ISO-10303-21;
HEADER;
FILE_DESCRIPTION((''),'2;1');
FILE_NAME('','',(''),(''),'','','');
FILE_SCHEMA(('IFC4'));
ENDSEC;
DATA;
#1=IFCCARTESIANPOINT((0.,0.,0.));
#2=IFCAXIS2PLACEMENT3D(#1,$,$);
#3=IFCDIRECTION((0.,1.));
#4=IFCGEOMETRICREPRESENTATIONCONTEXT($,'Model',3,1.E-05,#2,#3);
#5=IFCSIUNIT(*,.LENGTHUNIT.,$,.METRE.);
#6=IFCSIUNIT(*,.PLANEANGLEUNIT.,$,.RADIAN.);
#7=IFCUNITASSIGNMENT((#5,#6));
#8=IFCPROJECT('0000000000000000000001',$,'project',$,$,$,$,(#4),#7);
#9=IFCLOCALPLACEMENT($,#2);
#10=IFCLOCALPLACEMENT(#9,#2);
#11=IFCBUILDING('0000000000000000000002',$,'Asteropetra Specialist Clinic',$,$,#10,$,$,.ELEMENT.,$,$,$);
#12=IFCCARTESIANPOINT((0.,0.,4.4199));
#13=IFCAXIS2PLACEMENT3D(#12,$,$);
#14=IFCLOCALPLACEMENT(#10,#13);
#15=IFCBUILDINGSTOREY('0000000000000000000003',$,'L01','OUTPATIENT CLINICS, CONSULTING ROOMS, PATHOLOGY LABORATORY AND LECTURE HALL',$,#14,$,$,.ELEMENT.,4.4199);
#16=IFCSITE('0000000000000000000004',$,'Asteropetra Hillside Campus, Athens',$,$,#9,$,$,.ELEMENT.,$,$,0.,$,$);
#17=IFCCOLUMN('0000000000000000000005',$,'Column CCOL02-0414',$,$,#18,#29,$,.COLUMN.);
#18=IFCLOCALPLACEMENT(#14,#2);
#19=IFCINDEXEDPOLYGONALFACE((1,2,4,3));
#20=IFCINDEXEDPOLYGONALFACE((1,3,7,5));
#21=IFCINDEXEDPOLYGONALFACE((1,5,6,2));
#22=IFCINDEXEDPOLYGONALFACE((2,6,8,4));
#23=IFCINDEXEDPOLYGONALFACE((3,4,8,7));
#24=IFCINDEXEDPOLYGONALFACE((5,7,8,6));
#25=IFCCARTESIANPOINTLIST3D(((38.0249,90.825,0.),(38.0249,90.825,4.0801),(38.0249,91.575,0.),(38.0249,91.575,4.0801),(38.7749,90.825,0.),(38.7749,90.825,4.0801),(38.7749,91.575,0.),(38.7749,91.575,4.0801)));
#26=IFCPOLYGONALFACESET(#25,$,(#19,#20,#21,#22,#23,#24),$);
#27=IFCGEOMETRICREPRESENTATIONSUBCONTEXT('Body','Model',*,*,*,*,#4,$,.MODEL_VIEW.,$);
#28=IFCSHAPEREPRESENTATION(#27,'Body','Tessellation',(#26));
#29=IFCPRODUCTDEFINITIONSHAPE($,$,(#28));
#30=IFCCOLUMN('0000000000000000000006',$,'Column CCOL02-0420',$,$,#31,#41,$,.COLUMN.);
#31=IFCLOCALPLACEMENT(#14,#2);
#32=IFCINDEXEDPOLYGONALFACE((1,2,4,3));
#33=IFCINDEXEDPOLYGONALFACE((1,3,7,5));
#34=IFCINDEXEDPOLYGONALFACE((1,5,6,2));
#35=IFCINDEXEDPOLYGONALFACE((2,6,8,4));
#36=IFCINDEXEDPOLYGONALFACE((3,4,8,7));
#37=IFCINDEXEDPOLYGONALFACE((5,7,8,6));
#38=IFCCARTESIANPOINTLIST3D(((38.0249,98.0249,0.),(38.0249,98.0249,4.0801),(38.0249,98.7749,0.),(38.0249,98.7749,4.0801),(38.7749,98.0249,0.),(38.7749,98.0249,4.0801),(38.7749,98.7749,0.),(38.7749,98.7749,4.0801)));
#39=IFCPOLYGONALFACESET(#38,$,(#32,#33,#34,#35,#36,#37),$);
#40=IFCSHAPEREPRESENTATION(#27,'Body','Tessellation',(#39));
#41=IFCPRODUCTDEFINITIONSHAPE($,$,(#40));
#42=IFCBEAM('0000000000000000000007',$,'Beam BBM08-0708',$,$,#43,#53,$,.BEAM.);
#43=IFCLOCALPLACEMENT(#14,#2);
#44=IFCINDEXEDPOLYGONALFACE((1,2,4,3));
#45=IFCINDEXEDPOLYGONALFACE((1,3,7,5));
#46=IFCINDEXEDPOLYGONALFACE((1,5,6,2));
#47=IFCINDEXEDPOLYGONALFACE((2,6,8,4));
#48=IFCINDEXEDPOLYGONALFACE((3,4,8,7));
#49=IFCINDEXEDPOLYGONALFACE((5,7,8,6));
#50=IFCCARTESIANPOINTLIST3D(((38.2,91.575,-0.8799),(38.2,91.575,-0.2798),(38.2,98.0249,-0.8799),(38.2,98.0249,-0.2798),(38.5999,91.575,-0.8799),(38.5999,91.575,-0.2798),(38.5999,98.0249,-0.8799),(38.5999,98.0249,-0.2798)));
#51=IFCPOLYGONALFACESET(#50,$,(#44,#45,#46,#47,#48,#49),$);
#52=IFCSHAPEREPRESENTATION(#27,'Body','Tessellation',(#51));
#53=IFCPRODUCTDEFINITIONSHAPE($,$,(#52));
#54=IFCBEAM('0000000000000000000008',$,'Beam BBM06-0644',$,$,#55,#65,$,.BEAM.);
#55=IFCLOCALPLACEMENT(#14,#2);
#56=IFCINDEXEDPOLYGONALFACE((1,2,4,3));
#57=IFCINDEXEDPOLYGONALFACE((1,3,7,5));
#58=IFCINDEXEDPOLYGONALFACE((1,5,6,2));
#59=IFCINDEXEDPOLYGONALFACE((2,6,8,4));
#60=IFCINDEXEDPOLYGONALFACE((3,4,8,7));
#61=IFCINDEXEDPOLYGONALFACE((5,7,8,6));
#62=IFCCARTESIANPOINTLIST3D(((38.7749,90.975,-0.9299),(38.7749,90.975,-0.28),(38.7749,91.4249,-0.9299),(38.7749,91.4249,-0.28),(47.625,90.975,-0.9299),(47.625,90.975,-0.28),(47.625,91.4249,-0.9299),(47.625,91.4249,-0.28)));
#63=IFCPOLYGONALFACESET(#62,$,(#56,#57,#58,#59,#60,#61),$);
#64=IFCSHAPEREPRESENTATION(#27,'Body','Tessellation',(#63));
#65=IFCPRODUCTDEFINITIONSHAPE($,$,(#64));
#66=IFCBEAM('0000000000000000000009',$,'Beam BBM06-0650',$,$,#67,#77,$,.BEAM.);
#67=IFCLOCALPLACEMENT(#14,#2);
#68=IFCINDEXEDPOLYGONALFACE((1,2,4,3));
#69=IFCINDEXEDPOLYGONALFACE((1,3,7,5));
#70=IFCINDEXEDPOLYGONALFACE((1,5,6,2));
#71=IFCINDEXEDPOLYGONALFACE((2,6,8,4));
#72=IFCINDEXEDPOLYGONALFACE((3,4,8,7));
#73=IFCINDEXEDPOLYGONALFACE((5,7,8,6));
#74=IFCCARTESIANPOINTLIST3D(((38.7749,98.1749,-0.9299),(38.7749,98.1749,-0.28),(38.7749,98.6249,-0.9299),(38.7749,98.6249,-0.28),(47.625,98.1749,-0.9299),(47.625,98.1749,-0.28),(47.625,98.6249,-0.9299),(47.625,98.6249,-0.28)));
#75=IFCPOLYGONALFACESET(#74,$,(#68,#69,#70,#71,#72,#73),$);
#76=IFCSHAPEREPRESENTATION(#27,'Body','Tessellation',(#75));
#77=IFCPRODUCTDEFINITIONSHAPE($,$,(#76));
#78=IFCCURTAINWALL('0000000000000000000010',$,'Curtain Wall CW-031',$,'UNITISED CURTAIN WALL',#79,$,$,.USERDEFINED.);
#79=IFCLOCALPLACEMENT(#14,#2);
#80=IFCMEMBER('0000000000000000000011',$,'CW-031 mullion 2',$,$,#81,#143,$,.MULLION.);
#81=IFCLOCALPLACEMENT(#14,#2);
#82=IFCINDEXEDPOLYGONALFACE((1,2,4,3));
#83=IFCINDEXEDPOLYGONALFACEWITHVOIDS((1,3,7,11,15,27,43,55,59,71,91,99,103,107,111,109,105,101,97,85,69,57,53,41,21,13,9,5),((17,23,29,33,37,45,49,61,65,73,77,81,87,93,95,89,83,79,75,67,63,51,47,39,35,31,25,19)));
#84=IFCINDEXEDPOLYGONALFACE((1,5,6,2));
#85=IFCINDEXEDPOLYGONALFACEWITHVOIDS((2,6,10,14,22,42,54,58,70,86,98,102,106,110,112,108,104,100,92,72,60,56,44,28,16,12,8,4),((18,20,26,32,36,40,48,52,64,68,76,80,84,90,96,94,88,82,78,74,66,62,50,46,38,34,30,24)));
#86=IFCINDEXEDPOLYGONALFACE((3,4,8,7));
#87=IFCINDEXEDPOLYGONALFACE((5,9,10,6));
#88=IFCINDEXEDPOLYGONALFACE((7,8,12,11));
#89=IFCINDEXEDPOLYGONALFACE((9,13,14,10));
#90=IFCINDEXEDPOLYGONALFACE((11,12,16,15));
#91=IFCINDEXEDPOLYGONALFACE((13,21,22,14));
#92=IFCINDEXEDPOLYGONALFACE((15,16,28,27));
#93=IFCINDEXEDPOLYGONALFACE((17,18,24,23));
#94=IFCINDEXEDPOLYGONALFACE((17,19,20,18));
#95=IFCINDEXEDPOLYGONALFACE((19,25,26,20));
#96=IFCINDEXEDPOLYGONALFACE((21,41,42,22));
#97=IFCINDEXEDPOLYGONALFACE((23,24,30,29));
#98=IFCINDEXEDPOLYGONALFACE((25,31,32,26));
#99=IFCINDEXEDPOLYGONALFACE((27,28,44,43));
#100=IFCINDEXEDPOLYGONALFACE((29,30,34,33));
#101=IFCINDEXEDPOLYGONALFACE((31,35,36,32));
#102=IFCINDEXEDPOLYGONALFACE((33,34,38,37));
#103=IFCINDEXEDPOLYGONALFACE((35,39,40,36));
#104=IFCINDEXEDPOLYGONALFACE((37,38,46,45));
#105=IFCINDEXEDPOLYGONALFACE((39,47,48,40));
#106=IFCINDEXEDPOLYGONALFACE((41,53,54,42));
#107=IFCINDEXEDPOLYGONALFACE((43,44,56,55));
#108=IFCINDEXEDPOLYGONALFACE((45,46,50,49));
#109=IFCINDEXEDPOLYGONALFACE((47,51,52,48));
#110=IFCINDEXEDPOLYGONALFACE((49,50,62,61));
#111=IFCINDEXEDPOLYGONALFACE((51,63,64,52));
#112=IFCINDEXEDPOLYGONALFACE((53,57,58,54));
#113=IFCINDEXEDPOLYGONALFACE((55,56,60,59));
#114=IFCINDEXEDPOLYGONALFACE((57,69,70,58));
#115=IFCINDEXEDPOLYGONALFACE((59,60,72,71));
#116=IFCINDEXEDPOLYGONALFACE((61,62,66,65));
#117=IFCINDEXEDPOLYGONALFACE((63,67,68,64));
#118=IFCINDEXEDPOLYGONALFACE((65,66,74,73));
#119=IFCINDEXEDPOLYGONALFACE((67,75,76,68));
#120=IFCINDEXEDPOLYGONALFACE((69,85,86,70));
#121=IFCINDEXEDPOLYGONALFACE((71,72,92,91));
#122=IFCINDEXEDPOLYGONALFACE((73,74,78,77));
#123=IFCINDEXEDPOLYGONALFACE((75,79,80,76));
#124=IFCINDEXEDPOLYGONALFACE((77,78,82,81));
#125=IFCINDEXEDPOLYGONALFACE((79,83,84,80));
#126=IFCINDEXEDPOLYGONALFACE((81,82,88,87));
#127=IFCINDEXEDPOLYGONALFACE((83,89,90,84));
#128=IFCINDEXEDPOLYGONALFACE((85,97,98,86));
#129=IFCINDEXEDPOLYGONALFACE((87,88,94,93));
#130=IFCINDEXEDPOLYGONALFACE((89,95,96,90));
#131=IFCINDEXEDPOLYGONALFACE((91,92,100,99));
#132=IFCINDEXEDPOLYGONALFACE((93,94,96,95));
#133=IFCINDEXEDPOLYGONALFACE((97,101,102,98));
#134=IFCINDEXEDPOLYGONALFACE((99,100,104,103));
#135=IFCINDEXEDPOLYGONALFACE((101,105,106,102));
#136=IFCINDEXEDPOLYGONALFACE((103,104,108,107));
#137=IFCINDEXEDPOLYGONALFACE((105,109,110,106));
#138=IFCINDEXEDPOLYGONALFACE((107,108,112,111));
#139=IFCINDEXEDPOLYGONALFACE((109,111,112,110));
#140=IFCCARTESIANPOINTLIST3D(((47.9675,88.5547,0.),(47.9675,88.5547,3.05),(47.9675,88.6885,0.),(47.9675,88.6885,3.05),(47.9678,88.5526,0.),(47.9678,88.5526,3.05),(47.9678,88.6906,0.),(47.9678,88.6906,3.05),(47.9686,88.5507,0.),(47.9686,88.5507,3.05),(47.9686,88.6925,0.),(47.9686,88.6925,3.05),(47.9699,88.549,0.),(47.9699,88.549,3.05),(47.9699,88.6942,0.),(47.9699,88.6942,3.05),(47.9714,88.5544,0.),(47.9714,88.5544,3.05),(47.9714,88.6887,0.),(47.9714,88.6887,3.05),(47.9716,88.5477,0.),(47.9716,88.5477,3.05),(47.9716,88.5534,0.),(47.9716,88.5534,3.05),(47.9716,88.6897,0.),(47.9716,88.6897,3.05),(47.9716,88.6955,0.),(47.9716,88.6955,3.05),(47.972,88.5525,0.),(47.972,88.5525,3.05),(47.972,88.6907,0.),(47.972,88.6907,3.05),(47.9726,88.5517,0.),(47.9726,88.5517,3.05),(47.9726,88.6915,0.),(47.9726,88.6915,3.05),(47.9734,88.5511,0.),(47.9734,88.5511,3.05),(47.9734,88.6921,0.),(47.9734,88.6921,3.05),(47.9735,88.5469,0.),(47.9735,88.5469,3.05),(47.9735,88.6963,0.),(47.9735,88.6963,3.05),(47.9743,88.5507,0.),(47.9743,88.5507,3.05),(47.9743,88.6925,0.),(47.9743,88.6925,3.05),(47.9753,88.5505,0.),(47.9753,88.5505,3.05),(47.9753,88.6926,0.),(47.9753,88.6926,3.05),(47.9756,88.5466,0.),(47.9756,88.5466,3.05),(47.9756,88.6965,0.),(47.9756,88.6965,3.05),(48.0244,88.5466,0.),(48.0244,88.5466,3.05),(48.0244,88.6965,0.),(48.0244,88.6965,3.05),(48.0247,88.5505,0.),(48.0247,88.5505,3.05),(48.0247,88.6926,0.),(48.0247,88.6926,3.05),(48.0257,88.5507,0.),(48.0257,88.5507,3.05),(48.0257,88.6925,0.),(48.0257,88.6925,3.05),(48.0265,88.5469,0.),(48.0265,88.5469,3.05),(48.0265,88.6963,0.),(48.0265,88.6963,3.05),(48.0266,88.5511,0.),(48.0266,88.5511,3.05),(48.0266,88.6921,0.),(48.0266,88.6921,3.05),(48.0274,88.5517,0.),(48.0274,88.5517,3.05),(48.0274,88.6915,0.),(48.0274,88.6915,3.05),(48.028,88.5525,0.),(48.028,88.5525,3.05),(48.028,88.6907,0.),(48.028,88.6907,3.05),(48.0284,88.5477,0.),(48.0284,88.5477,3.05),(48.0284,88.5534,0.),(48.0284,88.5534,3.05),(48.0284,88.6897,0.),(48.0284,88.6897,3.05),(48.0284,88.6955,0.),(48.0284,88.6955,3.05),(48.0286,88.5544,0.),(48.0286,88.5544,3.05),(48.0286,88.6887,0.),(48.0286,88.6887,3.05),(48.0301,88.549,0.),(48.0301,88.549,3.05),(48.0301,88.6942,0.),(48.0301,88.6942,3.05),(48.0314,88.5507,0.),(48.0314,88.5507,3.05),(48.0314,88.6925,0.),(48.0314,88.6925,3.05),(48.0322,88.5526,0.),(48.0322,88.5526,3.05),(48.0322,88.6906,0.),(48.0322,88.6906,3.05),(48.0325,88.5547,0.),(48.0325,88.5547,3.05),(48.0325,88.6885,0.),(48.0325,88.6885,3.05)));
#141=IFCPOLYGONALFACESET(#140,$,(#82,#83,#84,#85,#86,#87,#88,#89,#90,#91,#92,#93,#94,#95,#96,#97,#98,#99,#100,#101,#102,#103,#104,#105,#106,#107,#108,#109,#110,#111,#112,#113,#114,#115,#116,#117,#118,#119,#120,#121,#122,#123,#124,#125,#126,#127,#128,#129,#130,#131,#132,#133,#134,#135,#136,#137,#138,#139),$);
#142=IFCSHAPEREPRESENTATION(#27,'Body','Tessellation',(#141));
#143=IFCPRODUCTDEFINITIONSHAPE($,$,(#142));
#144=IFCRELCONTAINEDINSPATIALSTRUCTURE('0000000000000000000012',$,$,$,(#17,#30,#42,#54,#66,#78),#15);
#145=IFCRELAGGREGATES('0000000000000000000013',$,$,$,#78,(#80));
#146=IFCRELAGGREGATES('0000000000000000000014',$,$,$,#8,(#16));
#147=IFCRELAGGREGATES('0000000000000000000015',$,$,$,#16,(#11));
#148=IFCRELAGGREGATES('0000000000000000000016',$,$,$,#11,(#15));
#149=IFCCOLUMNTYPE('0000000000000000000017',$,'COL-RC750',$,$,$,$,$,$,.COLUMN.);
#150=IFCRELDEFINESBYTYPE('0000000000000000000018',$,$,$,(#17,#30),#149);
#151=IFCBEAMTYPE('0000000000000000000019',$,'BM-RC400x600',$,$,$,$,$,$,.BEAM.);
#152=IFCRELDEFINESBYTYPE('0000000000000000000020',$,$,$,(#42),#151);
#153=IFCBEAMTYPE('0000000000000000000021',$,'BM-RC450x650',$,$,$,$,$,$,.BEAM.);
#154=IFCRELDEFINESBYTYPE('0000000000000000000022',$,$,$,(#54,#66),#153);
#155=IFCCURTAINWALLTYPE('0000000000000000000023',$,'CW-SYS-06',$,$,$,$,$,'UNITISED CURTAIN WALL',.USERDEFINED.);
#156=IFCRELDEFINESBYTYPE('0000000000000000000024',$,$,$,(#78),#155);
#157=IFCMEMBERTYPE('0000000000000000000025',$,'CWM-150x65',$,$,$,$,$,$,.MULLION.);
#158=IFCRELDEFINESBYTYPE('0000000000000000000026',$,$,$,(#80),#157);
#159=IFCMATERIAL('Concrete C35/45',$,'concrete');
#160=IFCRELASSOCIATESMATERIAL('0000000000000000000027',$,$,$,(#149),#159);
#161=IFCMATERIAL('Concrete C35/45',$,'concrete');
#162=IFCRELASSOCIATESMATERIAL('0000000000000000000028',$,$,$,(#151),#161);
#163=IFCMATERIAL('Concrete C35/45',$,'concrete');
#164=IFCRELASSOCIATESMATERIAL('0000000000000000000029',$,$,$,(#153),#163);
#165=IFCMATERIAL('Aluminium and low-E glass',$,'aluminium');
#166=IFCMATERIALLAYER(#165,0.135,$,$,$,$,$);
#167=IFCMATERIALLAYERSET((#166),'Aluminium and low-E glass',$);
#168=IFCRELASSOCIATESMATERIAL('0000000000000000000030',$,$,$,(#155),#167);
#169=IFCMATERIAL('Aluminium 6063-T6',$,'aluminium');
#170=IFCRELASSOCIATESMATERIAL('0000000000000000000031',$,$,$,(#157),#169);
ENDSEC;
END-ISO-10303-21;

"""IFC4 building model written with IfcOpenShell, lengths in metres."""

from ifc_helpers import new_model, si_unit, direction, frame, origin, origin_2d, place, context, subcontext, project, spatial, rectangle, hollow_rectangle, extrude, material, layer, layer_set, material_profile, profile_set, type_object, element, aggregate, save


model = new_model("IFC4")

# Units and contexts
model_context = context("Model", 3, precision=1e-05, world=origin(), true_north=direction((0.0, 1.0)))
body_context = subcontext(model_context, "Body", "Model", "MODEL_VIEW")
ifc_project = project(units=[si_unit("LENGTHUNIT", "METRE"), si_unit("PLANEANGLEUNIT", "RADIAN")], contexts=[model_context])

# Site, building, storey
site_placement = place(None, origin())
site = spatial("IfcSite", under=ifc_project, at=site_placement, Name="Asteropetra Hillside Campus, Athens", CompositionType="ELEMENT", RefElevation=0.0)
building_placement = place(site_placement, origin())
building = spatial("IfcBuilding", under=site, at=building_placement, Name="Asteropetra Specialist Clinic", CompositionType="ELEMENT")
storey_placement = place(building_placement, frame((0.0, 0.0, 4.4199)))
storey = spatial("IfcBuildingStorey", under=building, at=storey_placement, Name="L01", Description="OUTPATIENT CLINICS, CONSULTING ROOMS, PATHOLOGY LABORATORY AND LECTURE HALL", CompositionType="ELEMENT", Elevation=4.4199)

# Columns
ifc_material_1 = material(Name="Concrete C35/45", Category="concrete")
ifc_material_profile_1 = material_profile(ifc_material_1, rectangle(XDim=0.75, YDim=0.75, at=origin_2d()), Name="RC 750x750")
ifc_profile_set_1 = profile_set([ifc_material_profile_1], Name="Concrete C35/45")
column_type = type_object("IfcColumnType", Name="COL-RC750", PredefinedType="COLUMN", material=ifc_profile_set_1)
for number, where, z_axis, x_axis, name in (
    (1, (38.3999, 91.2, 0.0), (0.0, 0.0, 1.0), (1.0, 0.0, 0.0), "Column CCOL02-0414"),
    (2, (38.3999, 98.3999, 0.0), (0.0, 0.0, 1.0), (1.0, 0.0, 0.0), "Column CCOL02-0420"),
):
    element("IfcColumn", number, at=place(storey_placement, frame(where, z_axis=z_axis, x_axis=x_axis)), inside=storey, type_object=column_type, Name=name, PredefinedType="COLUMN", context=body_context, shape_type="SweptSolid", body=[
        extrude(rectangle(XDim=0.75, YDim=0.75, at=origin_2d()), origin(), (0.0, 0.0, 1.0), 4.0801),
    ])

# Beams
ifc_material_2 = material(Name="Concrete C35/45", Category="concrete")
ifc_material_profile_2 = material_profile(ifc_material_2, rectangle(XDim=0.3999, YDim=0.6001, at=origin_2d()), Name="RCB 400x600")
ifc_profile_set_2 = profile_set([ifc_material_profile_2], Name="Concrete C35/45")
beam_type_1 = type_object("IfcBeamType", Name="BM-RC400x600", PredefinedType="BEAM", material=ifc_profile_set_2)
beam_placement = place(storey_placement, frame((38.3999, 91.575, -0.5798), z_axis=(0.0, 1.0, 0.0), x_axis=(-1.0, 0.0, 0.0)))
element("IfcBeam", 3, at=beam_placement, inside=storey, type_object=beam_type_1, Name="Beam BBM08-0708", PredefinedType="BEAM", context=body_context, shape_type="SweptSolid", body=[
    extrude(rectangle(XDim=0.3999, YDim=0.6001, at=origin_2d()), origin(), (0.0, 0.0, 1.0), 6.45),
])
ifc_material_3 = material(Name="Concrete C35/45", Category="concrete")
ifc_material_profile_3 = material_profile(ifc_material_3, rectangle(XDim=0.45, YDim=0.6499, at=origin_2d()), Name="RCB 450x650")
ifc_profile_set_3 = profile_set([ifc_material_profile_3], Name="Concrete C35/45")
beam_type_2 = type_object("IfcBeamType", Name="BM-RC450x650", PredefinedType="BEAM", material=ifc_profile_set_3)
for number, where, z_axis, x_axis, name in (
    (4, (38.7749, 91.2, -0.605), (1.0, 0.0, 0.0), (0.0, 1.0, 0.0), "Beam BBM06-0644"),
    (5, (38.7749, 98.3999, -0.605), (1.0, 0.0, 0.0), (0.0, 1.0, 0.0), "Beam BBM06-0650"),
):
    element("IfcBeam", number, at=place(storey_placement, frame(where, z_axis=z_axis, x_axis=x_axis)), inside=storey, type_object=beam_type_2, Name=name, PredefinedType="BEAM", context=body_context, shape_type="SweptSolid", body=[
        extrude(rectangle(XDim=0.45, YDim=0.6499, at=origin_2d()), origin(), (0.0, 0.0, 1.0), 8.8501),
    ])

# Curtain wall, member
ifc_material_4 = material(Name="Aluminium and low-E glass", Category="aluminium")
ifc_layer_1 = layer(ifc_material_4, 0.135)
ifc_layer_set_1 = layer_set([ifc_layer_1], Name="Aluminium and low-E glass")
curtain_wall_type = type_object("IfcCurtainWallType", Name="CW-SYS-06", ElementType="UNITISED CURTAIN WALL", PredefinedType="USERDEFINED", material=ifc_layer_set_1)
curtain_wall_placement = place(storey_placement, origin())
curtain_wall = element("IfcCurtainWall", 6, at=curtain_wall_placement, inside=storey, type_object=curtain_wall_type, Name="Curtain Wall CW-031", ObjectType="UNITISED CURTAIN WALL", PredefinedType="USERDEFINED")
ifc_material_5 = material(Name="Aluminium 6063-T6", Category="aluminium")
ifc_material_profile_4 = material_profile(ifc_material_5, hollow_rectangle(XDim=0.0649, YDim=0.1499, WallThickness=0.0039, InnerFilletRadius=0.0039, OuterFilletRadius=0.0081, at=origin_2d()), Name="MUL 150x65x4.0")
ifc_profile_set_4 = profile_set([ifc_material_profile_4], Name="Aluminium 6063-T6")
member_type_1 = type_object("IfcMemberType", Name="CWM-150x65", PredefinedType="MULLION", material=ifc_profile_set_4)
member_1_placement = place(storey_placement, frame((48.0, 88.6216, 0.0), z_axis=(0.0, 0.0, 1.0), x_axis=(1.0, 0.0, 0.0)))
member_1 = element("IfcMember", 7, at=member_1_placement, type_object=member_type_1, Name="CW-031 mullion 2", PredefinedType="MULLION", context=body_context, shape_type="SweptSolid", body=[
    extrude(hollow_rectangle(XDim=0.0649, YDim=0.1499, WallThickness=0.0039, InnerFilletRadius=0.0039, OuterFilletRadius=0.0081, at=origin_2d()), origin(), (0.0, 0.0, 1.0), 3.05),
])

aggregate(curtain_wall, [member_1])

save(model, "model.ifc")
